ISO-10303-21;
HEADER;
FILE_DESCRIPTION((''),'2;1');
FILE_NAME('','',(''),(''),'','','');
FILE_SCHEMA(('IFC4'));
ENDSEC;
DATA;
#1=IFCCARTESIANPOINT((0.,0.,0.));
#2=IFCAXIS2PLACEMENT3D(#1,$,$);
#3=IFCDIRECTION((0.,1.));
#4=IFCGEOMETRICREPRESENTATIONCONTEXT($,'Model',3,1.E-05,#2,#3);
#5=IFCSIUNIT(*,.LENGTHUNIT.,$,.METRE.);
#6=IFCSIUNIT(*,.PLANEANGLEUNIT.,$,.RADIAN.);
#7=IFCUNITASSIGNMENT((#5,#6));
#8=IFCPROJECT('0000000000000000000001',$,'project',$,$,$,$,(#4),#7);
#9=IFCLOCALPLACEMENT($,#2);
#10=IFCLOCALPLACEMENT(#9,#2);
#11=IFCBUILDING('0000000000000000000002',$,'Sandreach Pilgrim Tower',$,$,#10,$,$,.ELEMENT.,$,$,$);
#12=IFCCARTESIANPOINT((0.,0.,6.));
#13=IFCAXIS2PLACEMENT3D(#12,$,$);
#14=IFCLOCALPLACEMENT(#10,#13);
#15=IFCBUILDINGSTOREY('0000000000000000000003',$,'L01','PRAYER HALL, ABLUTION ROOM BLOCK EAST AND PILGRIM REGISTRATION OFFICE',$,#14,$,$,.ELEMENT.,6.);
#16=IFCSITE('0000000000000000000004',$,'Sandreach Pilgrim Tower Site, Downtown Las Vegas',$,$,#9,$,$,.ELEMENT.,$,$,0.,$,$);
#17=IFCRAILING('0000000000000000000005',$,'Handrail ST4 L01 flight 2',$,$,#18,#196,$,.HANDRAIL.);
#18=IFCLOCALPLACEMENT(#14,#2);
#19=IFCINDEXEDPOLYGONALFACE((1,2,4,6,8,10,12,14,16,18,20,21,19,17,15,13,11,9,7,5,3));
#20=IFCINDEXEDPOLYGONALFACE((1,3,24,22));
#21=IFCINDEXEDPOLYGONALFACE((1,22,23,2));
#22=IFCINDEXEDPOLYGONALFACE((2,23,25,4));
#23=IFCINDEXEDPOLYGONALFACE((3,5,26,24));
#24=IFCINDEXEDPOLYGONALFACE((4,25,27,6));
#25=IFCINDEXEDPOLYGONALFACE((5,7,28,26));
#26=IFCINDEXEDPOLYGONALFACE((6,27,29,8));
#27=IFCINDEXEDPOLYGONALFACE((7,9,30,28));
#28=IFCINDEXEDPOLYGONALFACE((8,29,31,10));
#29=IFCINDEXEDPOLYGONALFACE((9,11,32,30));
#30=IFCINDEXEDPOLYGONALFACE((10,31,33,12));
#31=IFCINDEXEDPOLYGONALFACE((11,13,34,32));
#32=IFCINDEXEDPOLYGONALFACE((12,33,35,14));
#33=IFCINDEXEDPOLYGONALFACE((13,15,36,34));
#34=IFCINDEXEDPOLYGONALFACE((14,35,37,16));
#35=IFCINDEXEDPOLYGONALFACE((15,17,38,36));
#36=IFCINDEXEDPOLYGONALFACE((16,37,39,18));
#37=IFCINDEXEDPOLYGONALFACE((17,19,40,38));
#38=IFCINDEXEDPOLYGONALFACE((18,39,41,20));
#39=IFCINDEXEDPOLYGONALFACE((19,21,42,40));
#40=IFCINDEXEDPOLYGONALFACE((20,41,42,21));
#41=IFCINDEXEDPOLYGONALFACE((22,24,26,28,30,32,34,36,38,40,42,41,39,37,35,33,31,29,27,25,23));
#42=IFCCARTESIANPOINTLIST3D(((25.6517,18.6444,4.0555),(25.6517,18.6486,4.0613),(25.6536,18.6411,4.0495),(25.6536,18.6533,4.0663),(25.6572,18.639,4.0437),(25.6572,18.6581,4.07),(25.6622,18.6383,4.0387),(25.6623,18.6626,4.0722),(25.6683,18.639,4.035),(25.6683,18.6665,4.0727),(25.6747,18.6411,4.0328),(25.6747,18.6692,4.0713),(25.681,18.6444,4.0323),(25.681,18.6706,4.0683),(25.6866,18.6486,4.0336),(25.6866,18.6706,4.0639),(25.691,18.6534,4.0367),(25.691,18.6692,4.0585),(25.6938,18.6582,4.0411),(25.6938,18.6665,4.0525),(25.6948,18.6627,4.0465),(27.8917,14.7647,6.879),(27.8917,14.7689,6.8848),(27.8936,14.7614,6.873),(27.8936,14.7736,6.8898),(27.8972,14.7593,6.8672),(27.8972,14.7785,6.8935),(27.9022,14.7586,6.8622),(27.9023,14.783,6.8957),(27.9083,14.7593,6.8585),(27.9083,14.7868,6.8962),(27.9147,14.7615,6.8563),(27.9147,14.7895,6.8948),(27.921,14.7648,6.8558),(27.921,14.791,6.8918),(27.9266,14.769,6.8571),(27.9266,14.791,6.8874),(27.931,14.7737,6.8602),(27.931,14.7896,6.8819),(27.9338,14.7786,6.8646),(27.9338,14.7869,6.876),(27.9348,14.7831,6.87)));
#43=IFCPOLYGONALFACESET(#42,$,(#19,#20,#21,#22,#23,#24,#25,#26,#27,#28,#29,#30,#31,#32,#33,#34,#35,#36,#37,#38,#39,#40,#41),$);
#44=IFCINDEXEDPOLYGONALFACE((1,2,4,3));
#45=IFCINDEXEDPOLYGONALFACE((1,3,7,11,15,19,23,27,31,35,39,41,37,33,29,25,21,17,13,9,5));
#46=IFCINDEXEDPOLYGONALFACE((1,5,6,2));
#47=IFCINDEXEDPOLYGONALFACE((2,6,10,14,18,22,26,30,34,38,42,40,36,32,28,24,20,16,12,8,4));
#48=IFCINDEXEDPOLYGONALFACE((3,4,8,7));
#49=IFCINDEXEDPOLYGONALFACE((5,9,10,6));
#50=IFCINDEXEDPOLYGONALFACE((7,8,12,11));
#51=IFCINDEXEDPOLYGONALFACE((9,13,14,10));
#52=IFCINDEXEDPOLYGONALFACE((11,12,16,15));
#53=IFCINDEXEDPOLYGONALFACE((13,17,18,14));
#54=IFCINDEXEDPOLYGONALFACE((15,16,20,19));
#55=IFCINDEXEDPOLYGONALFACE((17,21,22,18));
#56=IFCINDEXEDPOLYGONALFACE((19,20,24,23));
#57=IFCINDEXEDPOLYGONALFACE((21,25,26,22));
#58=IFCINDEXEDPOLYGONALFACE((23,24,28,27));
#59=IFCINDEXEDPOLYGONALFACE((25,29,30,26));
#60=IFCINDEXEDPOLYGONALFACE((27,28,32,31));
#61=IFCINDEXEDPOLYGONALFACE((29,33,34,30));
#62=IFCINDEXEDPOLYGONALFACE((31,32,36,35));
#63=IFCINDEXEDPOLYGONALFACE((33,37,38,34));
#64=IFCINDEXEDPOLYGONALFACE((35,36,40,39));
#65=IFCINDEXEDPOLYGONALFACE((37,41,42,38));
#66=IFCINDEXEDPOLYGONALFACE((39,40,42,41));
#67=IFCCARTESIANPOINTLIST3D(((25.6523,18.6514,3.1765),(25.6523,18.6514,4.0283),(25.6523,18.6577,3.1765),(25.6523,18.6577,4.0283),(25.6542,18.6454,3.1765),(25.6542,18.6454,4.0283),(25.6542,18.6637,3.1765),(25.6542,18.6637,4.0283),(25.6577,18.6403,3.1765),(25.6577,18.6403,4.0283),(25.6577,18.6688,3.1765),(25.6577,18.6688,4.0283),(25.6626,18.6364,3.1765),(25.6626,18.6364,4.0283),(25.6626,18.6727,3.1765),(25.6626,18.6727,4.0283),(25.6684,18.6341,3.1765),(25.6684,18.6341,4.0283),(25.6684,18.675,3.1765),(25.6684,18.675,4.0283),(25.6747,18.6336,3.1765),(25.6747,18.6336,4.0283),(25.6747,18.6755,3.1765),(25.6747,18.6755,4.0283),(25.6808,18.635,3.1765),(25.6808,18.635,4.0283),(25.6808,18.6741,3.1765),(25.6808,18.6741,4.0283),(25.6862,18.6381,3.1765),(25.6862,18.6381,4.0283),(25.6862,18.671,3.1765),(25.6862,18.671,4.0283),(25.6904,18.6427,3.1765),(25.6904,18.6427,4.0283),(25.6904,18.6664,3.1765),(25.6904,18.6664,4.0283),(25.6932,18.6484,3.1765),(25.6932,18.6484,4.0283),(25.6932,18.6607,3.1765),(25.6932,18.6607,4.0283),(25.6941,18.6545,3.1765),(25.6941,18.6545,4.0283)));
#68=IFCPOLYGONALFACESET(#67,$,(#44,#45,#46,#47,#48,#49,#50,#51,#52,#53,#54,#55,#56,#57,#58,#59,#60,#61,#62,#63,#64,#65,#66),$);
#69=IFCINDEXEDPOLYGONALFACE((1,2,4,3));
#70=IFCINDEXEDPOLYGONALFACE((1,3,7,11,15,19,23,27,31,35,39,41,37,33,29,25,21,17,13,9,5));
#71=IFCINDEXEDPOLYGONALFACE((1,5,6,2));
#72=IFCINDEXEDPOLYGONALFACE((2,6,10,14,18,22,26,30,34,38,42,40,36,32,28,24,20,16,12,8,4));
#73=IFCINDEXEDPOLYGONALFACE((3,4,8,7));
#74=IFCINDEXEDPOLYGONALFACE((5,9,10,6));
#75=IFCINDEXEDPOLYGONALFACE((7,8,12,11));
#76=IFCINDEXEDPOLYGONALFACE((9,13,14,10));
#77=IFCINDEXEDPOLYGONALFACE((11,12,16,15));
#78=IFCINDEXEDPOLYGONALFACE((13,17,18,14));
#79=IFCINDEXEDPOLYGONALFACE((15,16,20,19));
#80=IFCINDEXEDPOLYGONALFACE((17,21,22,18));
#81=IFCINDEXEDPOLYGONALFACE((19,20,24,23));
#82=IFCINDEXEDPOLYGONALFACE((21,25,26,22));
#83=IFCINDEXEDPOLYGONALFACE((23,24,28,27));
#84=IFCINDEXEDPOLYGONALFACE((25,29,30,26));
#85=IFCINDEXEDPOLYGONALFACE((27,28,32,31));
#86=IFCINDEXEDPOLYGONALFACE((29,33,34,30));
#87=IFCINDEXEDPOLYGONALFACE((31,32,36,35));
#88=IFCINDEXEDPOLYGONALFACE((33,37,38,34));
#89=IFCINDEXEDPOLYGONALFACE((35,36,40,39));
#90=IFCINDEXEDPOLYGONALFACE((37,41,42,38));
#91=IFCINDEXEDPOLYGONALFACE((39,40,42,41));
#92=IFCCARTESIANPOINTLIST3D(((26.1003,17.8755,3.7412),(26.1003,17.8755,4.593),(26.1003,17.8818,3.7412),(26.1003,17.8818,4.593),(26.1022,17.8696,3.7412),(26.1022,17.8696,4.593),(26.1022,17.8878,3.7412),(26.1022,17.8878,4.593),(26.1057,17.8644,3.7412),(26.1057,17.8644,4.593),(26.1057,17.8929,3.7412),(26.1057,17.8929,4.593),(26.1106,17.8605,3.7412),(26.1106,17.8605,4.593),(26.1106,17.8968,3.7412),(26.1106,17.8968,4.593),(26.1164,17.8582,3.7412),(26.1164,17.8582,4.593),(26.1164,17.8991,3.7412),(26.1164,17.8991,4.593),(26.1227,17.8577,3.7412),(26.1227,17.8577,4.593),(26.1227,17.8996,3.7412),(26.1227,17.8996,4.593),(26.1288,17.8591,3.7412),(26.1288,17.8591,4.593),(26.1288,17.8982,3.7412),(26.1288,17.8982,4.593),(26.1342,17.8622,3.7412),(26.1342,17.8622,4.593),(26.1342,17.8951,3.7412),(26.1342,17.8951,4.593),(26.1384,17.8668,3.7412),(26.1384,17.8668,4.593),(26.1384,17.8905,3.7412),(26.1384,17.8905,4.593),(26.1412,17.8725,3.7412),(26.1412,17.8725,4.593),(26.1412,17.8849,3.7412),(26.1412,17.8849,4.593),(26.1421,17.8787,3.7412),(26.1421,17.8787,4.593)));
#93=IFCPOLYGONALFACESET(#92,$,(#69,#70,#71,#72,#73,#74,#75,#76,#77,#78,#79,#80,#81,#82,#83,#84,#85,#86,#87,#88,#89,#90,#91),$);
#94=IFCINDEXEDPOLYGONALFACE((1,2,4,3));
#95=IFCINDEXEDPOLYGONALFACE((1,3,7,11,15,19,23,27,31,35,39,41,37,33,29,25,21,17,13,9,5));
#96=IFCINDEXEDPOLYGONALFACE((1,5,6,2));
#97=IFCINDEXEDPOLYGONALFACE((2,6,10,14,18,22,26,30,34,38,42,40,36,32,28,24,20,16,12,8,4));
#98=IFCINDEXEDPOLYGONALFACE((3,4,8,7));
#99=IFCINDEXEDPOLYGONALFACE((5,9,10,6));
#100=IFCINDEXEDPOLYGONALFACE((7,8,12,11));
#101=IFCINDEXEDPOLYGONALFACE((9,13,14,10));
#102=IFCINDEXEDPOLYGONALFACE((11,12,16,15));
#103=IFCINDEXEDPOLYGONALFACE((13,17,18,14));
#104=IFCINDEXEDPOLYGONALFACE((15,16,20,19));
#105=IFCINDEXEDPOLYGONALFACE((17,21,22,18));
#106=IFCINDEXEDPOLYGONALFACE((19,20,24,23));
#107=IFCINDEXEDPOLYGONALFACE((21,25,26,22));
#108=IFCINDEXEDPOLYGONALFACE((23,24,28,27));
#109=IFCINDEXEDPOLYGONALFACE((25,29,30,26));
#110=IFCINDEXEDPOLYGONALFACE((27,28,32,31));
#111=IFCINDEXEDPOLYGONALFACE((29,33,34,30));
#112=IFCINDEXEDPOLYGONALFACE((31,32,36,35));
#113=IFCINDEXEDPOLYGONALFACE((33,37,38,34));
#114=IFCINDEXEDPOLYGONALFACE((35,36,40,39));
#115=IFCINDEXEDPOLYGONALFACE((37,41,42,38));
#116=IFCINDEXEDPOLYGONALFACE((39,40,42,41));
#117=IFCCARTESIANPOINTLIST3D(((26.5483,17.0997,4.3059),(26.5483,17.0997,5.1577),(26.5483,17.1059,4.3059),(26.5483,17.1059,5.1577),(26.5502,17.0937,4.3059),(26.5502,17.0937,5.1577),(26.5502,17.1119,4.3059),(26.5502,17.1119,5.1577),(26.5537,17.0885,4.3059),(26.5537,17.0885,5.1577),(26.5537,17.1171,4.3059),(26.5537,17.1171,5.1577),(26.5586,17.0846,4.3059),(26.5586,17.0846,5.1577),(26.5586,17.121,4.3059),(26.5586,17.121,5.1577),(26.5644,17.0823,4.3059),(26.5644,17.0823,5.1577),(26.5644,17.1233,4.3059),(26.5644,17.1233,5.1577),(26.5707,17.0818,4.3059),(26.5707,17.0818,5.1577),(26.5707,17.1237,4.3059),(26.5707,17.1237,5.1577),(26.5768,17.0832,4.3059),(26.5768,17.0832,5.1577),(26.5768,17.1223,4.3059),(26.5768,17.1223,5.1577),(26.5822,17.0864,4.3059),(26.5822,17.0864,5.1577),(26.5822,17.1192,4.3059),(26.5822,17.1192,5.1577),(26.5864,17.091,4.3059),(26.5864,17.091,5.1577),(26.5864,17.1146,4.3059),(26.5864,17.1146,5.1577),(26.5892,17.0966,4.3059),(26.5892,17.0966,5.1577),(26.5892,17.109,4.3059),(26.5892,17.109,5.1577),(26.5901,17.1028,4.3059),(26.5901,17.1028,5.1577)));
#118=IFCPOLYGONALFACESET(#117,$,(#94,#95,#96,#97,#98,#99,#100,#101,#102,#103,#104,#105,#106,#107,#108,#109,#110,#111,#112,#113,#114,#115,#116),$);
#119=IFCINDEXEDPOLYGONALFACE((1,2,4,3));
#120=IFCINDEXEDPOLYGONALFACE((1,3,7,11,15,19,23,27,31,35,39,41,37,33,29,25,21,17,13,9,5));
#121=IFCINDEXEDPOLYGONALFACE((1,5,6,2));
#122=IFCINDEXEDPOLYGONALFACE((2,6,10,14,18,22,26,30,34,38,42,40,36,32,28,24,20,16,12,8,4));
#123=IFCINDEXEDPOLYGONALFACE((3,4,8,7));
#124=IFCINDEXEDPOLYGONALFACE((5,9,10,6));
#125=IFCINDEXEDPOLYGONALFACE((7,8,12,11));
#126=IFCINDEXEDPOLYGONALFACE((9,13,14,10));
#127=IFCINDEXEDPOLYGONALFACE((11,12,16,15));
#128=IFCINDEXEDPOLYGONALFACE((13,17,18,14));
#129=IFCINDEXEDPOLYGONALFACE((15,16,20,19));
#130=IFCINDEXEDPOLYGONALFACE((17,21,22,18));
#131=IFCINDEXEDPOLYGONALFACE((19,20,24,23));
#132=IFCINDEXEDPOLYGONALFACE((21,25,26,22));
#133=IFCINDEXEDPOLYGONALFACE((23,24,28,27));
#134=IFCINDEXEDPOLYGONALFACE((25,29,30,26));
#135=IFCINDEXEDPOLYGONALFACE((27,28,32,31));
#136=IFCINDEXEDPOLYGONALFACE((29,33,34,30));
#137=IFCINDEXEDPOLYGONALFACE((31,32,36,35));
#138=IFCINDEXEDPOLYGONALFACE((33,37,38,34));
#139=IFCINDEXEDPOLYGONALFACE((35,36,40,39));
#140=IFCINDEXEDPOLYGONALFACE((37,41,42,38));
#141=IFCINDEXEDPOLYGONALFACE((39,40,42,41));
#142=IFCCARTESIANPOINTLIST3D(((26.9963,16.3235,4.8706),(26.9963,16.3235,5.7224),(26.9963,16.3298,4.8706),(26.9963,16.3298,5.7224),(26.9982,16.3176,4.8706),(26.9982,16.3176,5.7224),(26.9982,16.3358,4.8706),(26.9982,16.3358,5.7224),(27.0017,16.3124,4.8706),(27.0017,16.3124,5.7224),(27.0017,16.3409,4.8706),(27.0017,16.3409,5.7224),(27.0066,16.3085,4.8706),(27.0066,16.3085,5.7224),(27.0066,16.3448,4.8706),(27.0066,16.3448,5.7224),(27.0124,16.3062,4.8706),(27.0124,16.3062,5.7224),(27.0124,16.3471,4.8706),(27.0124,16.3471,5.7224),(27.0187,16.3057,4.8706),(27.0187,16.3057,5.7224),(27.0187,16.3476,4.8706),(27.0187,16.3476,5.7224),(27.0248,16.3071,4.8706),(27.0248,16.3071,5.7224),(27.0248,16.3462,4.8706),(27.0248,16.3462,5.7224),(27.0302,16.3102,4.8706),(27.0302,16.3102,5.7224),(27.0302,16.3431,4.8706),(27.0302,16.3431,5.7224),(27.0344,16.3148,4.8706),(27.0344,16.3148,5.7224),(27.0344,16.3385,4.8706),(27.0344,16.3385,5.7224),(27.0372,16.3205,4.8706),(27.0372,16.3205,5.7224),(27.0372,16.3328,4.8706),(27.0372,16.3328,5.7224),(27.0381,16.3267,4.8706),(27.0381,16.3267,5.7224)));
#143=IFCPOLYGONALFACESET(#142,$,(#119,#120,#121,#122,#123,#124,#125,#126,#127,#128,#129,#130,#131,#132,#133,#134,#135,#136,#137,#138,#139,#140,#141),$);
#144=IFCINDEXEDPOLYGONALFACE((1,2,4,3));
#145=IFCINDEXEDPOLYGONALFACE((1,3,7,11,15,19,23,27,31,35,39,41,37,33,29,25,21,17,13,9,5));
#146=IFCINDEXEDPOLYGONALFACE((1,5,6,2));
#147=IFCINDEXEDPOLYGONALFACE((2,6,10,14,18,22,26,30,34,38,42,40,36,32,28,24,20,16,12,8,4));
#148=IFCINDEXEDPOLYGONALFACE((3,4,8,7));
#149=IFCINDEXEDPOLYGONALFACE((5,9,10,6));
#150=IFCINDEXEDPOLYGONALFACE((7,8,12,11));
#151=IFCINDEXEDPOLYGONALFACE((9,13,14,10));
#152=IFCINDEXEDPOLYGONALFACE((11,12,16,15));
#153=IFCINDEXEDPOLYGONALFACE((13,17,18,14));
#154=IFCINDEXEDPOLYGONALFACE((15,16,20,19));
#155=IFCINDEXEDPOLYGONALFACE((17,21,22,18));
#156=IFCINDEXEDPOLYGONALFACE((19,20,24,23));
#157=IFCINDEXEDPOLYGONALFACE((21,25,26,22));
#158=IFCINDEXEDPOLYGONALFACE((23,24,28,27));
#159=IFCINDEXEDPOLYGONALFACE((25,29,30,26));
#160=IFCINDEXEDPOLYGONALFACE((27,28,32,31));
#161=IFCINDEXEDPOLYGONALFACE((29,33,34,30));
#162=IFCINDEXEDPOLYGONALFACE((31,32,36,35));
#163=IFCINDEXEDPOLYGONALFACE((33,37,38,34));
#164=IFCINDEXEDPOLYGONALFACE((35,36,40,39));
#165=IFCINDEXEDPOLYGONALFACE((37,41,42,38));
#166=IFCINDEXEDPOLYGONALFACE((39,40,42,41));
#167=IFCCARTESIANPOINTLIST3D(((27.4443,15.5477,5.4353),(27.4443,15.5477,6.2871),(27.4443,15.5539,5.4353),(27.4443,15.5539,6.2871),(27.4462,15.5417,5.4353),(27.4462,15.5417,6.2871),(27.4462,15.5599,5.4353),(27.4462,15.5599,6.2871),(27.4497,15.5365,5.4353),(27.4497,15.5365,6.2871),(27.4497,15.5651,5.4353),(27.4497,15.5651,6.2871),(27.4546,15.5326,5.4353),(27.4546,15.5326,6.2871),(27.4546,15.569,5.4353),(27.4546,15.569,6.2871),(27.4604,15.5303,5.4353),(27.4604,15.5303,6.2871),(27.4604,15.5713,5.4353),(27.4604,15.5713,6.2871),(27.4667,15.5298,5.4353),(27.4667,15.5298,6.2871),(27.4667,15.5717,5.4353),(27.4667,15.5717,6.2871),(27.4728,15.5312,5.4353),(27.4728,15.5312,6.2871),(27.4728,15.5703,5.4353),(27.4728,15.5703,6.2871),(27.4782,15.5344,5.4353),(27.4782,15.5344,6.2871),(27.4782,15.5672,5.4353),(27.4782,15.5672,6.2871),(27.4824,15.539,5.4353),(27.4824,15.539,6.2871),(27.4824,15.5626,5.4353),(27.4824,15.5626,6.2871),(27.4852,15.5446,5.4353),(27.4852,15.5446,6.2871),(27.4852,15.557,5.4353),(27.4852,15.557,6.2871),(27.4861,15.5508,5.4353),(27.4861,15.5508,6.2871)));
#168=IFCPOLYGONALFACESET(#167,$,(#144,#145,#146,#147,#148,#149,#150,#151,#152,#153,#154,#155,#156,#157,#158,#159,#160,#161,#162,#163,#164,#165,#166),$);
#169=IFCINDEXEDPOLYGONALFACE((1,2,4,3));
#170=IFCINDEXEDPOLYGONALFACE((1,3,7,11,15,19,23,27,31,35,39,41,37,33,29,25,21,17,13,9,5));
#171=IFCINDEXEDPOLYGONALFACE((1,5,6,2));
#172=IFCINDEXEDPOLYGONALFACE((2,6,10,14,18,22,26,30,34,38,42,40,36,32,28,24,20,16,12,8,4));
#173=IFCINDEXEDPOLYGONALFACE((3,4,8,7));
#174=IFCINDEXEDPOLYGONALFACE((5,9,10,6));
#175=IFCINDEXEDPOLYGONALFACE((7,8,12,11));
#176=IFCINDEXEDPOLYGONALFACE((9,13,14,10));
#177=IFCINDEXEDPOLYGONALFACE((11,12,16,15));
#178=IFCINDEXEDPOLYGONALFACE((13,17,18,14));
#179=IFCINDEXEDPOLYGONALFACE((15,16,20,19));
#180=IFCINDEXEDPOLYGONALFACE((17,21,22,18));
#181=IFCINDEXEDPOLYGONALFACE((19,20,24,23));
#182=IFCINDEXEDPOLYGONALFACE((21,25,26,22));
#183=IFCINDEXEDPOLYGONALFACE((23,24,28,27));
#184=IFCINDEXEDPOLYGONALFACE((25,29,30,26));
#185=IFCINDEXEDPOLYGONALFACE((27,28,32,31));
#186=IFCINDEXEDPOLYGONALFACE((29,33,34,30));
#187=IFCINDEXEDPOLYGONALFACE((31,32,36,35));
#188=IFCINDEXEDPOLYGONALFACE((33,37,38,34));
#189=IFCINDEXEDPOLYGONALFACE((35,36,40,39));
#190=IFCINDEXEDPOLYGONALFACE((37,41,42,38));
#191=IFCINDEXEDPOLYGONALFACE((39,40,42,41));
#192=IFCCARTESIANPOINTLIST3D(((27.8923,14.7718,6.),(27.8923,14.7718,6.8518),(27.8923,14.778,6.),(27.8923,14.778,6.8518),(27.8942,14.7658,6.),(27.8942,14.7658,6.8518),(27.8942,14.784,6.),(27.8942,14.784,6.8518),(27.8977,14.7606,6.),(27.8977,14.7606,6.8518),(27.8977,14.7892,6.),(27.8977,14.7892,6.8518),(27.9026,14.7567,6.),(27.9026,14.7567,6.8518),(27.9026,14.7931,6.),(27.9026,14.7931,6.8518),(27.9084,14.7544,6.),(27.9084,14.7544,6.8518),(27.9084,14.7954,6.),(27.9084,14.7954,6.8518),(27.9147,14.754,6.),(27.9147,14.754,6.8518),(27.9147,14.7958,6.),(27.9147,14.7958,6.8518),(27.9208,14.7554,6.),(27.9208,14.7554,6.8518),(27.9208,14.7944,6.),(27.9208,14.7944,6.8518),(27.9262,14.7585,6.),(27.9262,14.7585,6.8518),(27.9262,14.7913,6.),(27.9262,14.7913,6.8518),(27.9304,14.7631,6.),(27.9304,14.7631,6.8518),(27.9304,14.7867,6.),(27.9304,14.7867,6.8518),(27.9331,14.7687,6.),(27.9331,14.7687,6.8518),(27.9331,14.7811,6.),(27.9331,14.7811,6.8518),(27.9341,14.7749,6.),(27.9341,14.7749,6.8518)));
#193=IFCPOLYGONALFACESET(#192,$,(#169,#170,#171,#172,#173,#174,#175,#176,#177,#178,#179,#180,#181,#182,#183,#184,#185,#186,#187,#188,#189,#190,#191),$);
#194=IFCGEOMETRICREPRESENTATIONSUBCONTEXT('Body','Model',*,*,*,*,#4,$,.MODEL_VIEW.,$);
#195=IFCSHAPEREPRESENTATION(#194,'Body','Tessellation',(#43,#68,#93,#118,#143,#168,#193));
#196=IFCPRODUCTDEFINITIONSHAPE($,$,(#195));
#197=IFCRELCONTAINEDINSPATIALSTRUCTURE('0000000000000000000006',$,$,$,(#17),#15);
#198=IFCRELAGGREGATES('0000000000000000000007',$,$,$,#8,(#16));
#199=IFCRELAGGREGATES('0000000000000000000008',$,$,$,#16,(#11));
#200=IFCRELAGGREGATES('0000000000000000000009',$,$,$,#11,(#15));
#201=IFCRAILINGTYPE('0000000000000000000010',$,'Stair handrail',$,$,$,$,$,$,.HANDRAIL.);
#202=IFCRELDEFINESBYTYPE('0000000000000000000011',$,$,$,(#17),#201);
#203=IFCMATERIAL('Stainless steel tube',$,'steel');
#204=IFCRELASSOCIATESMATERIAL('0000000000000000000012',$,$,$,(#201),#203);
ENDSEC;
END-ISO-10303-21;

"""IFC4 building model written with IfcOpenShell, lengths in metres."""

from ifc_helpers import new_model, si_unit, direction, frame, origin, origin_2d, place, context, subcontext, project, spatial, circle, extrude, material, type_object, element, save


model = new_model("IFC4")

# Units and contexts
model_context = context("Model", 3, precision=1e-05, world=origin(), true_north=direction((0.0, 1.0)))
body_context = subcontext(model_context, "Body", "Model", "MODEL_VIEW")
ifc_project = project(units=[si_unit("LENGTHUNIT", "METRE"), si_unit("PLANEANGLEUNIT", "RADIAN")], contexts=[model_context])

# Site, building, storey
site_placement = place(None, origin())
site = spatial("IfcSite", under=ifc_project, at=site_placement, Name="Sandreach Pilgrim Tower Site, Downtown Las Vegas", CompositionType="ELEMENT", RefElevation=0.0)
building_placement = place(site_placement, origin())
building = spatial("IfcBuilding", under=site, at=building_placement, Name="Sandreach Pilgrim Tower", CompositionType="ELEMENT")
storey_placement = place(building_placement, frame((0.0, 0.0, 6.0)))
storey = spatial("IfcBuildingStorey", under=building, at=storey_placement, Name="L01", Description="PRAYER HALL, ABLUTION ROOM BLOCK EAST AND PILGRIM REGISTRATION OFFICE", CompositionType="ELEMENT", Elevation=6.0)

# Railing
ifc_material_1 = material(Name="Stainless steel tube", Category="steel")
railing_type = type_object("IfcRailingType", Name="Stair handrail", PredefinedType="HANDRAIL", material=ifc_material_1)
railing_1_placement = place(storey_placement, frame((25.6731, 18.6545, 3.1765)))
element("IfcRailing", 1, at=railing_1_placement, inside=storey, type_object=railing_type, Name="Handrail ST4 L01 flight 2", PredefinedType="HANDRAIL", context=body_context, shape_type="SweptSolid", body=[
    extrude(circle(Radius=0.0239, at=origin_2d()), frame((0.0, 0.0, 0.876), z_axis=(0.423007, -0.732644, 0.533196), x_axis=(0.866018, 0.500013, 0.0)), (0.0, 0.0, 1.0), 5.2954),
    extrude(circle(Radius=0.021, at=origin_2d()), origin(), (0.0, 0.0, 1.0), 0.8518),
    extrude(circle(Radius=0.021, at=origin_2d()), frame((0.448, -0.7759, 0.5647)), (0.0, 0.0, 1.0), 0.8518),
    extrude(circle(Radius=0.021, at=origin_2d()), frame((0.896, -1.5518, 1.1294)), (0.0, 0.0, 1.0), 0.8518),
    extrude(circle(Radius=0.021, at=origin_2d()), frame((1.344, -2.3279, 1.6941)), (0.0, 0.0, 1.0), 0.8518),
    extrude(circle(Radius=0.021, at=origin_2d()), frame((1.792, -3.1038, 2.2588)), (0.0, 0.0, 1.0), 0.8518),
    extrude(circle(Radius=0.021, at=origin_2d()), frame((2.24, -3.8796, 2.8235)), (0.0, 0.0, 1.0), 0.8518),
])

save(model, "model.ifc")
